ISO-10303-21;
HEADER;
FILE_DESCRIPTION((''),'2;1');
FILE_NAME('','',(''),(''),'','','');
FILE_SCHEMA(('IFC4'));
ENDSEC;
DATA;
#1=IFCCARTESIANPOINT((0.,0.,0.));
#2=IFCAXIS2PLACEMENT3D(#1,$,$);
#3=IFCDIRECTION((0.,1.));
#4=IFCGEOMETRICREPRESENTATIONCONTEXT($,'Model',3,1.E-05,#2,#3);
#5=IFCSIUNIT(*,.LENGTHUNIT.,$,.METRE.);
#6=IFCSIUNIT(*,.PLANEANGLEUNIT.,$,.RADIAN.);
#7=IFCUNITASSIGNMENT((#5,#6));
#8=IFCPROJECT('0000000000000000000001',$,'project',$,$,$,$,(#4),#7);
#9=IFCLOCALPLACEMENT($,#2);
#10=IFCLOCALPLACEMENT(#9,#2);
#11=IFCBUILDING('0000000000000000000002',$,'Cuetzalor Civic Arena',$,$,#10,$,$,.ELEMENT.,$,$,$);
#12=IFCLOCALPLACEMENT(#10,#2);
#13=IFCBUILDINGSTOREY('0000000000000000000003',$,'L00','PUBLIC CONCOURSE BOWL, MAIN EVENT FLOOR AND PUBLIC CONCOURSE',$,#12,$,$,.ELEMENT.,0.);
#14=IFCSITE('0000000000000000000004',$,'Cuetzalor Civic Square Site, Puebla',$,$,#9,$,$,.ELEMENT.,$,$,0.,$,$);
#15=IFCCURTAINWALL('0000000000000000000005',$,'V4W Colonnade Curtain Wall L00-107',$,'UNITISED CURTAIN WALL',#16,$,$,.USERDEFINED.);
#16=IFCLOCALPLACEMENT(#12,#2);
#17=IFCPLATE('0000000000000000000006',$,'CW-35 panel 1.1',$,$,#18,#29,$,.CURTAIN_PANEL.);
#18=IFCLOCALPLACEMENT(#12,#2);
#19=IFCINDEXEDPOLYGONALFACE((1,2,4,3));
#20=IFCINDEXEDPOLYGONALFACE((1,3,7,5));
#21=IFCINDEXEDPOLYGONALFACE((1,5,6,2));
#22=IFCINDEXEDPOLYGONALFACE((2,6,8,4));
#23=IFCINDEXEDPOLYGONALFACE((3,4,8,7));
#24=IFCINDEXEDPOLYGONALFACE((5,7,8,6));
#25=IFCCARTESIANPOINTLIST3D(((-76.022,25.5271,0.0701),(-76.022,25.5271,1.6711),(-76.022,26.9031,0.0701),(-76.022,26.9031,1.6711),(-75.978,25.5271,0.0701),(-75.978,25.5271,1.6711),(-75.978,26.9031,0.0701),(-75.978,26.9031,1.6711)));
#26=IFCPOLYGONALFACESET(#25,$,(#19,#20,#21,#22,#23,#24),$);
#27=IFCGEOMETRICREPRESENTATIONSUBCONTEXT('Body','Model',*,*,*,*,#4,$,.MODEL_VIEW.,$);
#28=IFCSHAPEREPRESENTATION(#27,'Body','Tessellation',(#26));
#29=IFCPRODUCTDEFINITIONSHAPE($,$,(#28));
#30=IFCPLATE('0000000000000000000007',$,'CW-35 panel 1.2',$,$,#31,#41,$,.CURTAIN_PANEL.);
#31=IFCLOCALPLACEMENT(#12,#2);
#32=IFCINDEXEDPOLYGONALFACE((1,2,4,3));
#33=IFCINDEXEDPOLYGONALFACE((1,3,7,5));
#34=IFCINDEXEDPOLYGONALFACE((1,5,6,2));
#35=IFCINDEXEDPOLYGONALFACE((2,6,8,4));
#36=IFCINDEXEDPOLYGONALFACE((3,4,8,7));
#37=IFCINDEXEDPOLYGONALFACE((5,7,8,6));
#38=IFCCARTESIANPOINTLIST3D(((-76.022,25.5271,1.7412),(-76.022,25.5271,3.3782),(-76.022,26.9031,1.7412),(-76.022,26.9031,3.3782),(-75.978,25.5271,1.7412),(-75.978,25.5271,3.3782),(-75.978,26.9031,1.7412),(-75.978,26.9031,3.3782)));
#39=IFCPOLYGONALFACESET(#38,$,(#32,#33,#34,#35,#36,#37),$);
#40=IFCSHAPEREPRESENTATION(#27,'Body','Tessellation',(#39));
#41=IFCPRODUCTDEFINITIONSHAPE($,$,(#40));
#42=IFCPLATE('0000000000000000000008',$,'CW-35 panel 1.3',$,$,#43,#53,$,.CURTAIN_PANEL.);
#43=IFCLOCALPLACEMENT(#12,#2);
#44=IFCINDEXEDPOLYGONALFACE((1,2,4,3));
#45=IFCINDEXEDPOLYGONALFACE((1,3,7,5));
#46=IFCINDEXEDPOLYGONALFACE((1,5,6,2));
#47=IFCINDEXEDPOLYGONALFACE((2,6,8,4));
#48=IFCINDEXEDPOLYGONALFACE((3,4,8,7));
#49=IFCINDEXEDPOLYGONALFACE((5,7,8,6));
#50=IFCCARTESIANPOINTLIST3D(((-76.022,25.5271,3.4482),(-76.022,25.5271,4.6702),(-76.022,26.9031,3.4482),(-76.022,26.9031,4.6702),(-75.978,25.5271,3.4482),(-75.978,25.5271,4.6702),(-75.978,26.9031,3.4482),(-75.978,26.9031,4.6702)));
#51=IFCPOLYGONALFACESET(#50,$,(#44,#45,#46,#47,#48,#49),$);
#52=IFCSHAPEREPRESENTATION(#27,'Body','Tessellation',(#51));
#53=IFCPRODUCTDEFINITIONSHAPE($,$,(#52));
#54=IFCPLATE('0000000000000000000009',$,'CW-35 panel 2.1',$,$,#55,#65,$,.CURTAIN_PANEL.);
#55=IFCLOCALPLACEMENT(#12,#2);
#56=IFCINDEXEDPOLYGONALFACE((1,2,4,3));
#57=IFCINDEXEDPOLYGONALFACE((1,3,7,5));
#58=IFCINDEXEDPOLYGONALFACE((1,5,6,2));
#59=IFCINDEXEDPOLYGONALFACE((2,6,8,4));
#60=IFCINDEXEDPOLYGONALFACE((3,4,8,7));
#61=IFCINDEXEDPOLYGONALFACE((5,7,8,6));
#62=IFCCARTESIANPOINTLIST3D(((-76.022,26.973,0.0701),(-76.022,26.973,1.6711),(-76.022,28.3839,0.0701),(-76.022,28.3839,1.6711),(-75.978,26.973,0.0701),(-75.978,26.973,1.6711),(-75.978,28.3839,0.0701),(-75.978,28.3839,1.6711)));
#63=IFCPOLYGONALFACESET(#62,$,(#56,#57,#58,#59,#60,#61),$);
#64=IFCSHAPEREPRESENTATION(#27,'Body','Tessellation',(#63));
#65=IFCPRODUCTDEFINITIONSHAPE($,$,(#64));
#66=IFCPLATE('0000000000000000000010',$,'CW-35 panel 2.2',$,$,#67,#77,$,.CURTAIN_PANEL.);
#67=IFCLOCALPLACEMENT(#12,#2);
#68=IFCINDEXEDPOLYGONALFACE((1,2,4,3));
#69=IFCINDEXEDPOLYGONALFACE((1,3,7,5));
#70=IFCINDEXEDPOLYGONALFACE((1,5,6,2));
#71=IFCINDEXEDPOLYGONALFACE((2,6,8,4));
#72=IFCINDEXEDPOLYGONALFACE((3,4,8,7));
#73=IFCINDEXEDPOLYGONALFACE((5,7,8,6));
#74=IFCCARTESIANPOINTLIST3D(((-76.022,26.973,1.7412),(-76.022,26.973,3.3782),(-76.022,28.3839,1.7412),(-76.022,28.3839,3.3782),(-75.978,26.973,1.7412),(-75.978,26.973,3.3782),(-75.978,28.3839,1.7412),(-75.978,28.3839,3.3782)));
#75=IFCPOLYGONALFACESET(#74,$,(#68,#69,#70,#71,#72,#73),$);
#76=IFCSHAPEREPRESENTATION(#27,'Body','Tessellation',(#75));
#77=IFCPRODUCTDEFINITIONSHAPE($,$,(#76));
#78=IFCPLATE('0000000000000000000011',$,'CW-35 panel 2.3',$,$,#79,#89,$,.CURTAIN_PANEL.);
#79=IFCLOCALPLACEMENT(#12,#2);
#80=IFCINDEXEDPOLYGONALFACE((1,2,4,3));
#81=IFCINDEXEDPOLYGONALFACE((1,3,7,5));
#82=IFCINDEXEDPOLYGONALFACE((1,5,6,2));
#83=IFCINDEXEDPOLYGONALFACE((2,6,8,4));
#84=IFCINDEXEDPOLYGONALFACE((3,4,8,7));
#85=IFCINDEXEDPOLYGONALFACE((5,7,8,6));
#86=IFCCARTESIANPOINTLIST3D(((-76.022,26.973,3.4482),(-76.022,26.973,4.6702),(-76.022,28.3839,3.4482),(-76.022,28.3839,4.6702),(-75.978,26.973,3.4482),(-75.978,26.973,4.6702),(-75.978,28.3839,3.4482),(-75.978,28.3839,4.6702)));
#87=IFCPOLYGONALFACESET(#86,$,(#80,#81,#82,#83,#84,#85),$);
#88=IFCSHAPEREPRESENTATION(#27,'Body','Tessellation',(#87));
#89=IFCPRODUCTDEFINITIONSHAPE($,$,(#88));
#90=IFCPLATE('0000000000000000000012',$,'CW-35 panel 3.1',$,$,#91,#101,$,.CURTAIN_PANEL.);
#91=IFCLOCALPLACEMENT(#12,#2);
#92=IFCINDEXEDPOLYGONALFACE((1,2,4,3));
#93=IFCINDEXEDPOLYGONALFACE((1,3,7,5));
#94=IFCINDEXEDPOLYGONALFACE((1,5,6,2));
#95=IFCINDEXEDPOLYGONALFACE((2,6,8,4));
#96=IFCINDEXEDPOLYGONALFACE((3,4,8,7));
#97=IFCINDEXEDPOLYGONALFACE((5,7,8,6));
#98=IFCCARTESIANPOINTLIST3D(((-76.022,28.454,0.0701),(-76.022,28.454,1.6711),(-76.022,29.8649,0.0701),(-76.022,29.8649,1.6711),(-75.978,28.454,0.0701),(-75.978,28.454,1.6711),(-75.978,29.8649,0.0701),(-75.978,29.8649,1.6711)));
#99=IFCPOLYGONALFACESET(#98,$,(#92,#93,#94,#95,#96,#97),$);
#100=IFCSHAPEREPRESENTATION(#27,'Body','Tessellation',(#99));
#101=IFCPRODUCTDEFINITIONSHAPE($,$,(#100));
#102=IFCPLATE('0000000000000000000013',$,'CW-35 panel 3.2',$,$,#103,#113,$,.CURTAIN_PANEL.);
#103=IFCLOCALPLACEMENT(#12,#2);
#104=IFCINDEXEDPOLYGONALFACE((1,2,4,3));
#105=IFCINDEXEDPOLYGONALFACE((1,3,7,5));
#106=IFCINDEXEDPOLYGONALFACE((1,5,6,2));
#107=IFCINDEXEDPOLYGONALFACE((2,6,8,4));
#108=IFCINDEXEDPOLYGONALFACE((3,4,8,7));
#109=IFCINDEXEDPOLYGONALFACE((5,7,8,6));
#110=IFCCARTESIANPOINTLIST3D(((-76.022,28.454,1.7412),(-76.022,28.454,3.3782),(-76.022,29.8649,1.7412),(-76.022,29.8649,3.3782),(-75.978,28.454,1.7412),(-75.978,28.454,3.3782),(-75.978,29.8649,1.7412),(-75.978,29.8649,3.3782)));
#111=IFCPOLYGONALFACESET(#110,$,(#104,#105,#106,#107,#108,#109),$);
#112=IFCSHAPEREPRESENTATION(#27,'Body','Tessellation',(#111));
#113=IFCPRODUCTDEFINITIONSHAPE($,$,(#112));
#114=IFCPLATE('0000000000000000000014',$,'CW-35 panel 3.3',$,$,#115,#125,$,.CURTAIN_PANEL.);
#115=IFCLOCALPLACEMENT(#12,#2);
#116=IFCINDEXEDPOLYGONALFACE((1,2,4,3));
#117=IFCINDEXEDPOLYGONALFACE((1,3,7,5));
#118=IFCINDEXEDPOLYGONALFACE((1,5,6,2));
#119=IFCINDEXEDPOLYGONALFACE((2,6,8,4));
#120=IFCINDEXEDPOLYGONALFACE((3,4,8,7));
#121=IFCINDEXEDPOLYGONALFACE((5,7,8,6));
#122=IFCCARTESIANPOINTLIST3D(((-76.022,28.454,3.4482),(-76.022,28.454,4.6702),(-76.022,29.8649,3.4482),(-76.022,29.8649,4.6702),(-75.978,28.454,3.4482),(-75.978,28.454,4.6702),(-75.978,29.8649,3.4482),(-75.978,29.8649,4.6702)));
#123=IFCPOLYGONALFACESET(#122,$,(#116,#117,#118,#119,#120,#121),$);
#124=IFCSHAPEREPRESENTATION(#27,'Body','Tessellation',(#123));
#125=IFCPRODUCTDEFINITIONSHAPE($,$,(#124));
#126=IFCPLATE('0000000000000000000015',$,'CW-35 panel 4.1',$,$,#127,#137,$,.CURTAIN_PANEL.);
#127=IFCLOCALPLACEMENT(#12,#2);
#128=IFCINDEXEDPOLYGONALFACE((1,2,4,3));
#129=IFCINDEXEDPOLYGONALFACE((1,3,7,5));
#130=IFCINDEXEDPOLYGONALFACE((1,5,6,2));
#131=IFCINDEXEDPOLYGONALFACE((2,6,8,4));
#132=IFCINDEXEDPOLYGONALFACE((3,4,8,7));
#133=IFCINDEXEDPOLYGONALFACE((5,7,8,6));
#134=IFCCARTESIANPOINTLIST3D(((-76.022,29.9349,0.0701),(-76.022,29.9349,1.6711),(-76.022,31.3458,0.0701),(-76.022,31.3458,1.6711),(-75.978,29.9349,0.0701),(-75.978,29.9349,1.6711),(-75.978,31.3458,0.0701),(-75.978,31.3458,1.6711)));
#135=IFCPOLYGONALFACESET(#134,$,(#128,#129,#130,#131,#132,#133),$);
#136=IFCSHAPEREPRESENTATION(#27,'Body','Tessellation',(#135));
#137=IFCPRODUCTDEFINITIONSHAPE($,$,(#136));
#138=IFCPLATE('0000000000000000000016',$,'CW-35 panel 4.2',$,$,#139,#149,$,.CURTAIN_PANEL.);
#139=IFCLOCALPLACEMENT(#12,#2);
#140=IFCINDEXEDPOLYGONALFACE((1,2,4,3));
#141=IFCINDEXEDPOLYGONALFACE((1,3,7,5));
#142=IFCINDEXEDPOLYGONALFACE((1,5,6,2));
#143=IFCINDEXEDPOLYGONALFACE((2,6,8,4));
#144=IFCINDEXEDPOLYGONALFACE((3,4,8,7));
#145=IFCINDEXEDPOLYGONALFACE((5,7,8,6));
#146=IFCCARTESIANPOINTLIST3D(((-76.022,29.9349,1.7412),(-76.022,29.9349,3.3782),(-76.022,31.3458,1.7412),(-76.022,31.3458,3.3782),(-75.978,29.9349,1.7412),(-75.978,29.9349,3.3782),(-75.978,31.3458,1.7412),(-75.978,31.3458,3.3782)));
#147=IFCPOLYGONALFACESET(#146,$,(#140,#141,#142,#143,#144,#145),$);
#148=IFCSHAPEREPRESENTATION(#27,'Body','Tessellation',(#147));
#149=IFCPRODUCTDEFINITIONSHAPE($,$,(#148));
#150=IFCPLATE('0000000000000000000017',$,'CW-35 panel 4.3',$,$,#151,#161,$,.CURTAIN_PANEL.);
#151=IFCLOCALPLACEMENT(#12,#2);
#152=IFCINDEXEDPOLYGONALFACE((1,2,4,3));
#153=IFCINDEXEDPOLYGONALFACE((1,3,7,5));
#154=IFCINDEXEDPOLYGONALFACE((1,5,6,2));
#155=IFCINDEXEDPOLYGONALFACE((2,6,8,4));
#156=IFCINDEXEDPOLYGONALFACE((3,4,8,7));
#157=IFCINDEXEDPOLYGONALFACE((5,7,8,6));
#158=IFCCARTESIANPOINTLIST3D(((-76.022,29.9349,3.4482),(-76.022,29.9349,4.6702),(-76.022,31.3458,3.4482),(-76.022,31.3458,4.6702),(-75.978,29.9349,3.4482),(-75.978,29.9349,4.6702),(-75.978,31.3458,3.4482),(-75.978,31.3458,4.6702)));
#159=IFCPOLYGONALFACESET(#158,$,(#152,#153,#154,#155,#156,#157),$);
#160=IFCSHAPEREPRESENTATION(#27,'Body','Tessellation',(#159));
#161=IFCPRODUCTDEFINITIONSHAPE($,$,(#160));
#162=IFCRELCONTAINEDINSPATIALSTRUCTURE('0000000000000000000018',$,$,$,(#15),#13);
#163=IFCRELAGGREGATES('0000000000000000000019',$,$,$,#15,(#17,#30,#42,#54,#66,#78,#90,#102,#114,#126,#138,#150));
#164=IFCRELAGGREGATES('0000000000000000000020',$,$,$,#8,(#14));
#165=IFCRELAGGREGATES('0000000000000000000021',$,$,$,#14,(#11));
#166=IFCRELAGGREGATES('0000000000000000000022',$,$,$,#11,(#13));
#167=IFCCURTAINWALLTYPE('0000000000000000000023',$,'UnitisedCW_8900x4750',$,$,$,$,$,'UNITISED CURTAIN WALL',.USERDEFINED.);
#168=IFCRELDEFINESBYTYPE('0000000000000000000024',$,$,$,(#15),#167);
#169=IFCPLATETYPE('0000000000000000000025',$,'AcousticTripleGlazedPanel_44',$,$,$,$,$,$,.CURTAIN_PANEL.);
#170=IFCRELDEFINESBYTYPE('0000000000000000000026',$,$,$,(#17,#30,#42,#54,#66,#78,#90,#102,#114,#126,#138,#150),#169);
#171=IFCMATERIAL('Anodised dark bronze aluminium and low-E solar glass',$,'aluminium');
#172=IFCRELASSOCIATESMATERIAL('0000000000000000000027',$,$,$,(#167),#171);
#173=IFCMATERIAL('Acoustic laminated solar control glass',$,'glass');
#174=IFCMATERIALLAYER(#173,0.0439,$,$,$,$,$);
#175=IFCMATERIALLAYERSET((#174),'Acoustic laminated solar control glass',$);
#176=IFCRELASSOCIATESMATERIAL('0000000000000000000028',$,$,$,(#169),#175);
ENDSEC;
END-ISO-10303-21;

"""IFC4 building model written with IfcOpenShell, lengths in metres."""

from ifc_helpers import new_model, si_unit, direction, frame, origin, origin_2d, place, context, subcontext, project, spatial, rectangle, extrude, material, layer, layer_set, type_object, element, aggregate, save


model = new_model("IFC4")

# Units and contexts
model_context = context("Model", 3, precision=1e-05, world=origin(), true_north=direction((0.0, 1.0)))
body_context = subcontext(model_context, "Body", "Model", "MODEL_VIEW")
ifc_project = project(units=[si_unit("LENGTHUNIT", "METRE"), si_unit("PLANEANGLEUNIT", "RADIAN")], contexts=[model_context])

# Site, building, storey
site_placement = place(None, origin())
site = spatial("IfcSite", under=ifc_project, at=site_placement, Name="Cuetzalor Civic Square Site, Puebla", CompositionType="ELEMENT", RefElevation=0.0)
building_placement = place(site_placement, origin())
building = spatial("IfcBuilding", under=site, at=building_placement, Name="Cuetzalor Civic Arena", CompositionType="ELEMENT")
storey_placement = place(building_placement, origin())
storey = spatial("IfcBuildingStorey", under=building, at=storey_placement, Name="L00", Description="PUBLIC CONCOURSE BOWL, MAIN EVENT FLOOR AND PUBLIC CONCOURSE", CompositionType="ELEMENT", Elevation=0.0)

# Curtain wall
ifc_material_1 = material(Name="Anodised dark bronze aluminium and low-E solar glass", Category="aluminium")
curtain_wall_type = type_object("IfcCurtainWallType", Name="UnitisedCW_8900x4750", ElementType="UNITISED CURTAIN WALL", PredefinedType="USERDEFINED", material=ifc_material_1)
curtain_wall_placement = place(storey_placement, origin())
curtain_wall = element("IfcCurtainWall", 1, at=curtain_wall_placement, inside=storey, type_object=curtain_wall_type, Name="V4W Colonnade Curtain Wall L00-107", ObjectType="UNITISED CURTAIN WALL", PredefinedType="USERDEFINED")

# Plates
ifc_material_2 = material(Name="Acoustic laminated solar control glass", Category="glass")
ifc_layer = layer(ifc_material_2, 0.0439)
ifc_layer_set = layer_set([ifc_layer], Name="Acoustic laminated solar control glass")
plate_type = type_object("IfcPlateType", Name="AcousticTripleGlazedPanel_44", PredefinedType="CURTAIN_PANEL", material=ifc_layer_set)
plate_1_placement = place(storey_placement, frame((-76.0, 26.2151, 0.0701), z_axis=(0.0, 0.0, 1.0), x_axis=(0.0, 1.0, 0.0)))
plate_1 = element("IfcPlate", 2, at=plate_1_placement, type_object=plate_type, Name="CW-35 panel 1.1", PredefinedType="CURTAIN_PANEL", context=body_context, shape_type="SweptSolid", body=[
    extrude(rectangle(XDim=1.376, YDim=0.0439, at=origin_2d()), origin(), (0.0, 0.0, 1.0), 1.6011),
])
plate_2_placement = place(storey_placement, frame((-76.0, 26.2151, 1.7412), z_axis=(0.0, 0.0, 1.0), x_axis=(0.0, 1.0, 0.0)))
plate_2 = element("IfcPlate", 3, at=plate_2_placement, type_object=plate_type, Name="CW-35 panel 1.2", PredefinedType="CURTAIN_PANEL", context=body_context, shape_type="SweptSolid", body=[
    extrude(rectangle(XDim=1.376, YDim=0.0439, at=origin_2d()), origin(), (0.0, 0.0, 1.0), 1.637),
])
plate_3_placement = place(storey_placement, frame((-76.0, 26.2151, 3.4482), z_axis=(0.0, 0.0, 1.0), x_axis=(0.0, 1.0, 0.0)))
plate_3 = element("IfcPlate", 4, at=plate_3_placement, type_object=plate_type, Name="CW-35 panel 1.3", PredefinedType="CURTAIN_PANEL", context=body_context, shape_type="SweptSolid", body=[
    extrude(rectangle(XDim=1.376, YDim=0.0439, at=origin_2d()), origin(), (0.0, 0.0, 1.0), 1.2219),
])
plate_4_placement = place(storey_placement, frame((-76.0, 27.6785, 0.0701), z_axis=(0.0, 0.0, 1.0), x_axis=(0.0, 1.0, 0.0)))
plate_4 = element("IfcPlate", 5, at=plate_4_placement, type_object=plate_type, Name="CW-35 panel 2.1", PredefinedType="CURTAIN_PANEL", context=body_context, shape_type="SweptSolid", body=[
    extrude(rectangle(XDim=1.4109, YDim=0.0439, at=origin_2d()), origin(), (0.0, 0.0, 1.0), 1.6011),
])
plate_5_placement = place(storey_placement, frame((-76.0, 27.6785, 1.7412), z_axis=(0.0, 0.0, 1.0), x_axis=(0.0, 1.0, 0.0)))
plate_5 = element("IfcPlate", 6, at=plate_5_placement, type_object=plate_type, Name="CW-35 panel 2.2", PredefinedType="CURTAIN_PANEL", context=body_context, shape_type="SweptSolid", body=[
    extrude(rectangle(XDim=1.4109, YDim=0.0439, at=origin_2d()), origin(), (0.0, 0.0, 1.0), 1.637),
])
plate_6_placement = place(storey_placement, frame((-76.0, 27.6785, 3.4482), z_axis=(0.0, 0.0, 1.0), x_axis=(0.0, 1.0, 0.0)))
plate_6 = element("IfcPlate", 7, at=plate_6_placement, type_object=plate_type, Name="CW-35 panel 2.3", PredefinedType="CURTAIN_PANEL", context=body_context, shape_type="SweptSolid", body=[
    extrude(rectangle(XDim=1.4109, YDim=0.0439, at=origin_2d()), origin(), (0.0, 0.0, 1.0), 1.2219),
])
plate_7_placement = place(storey_placement, frame((-76.0, 29.1594, 0.0701), z_axis=(0.0, 0.0, 1.0), x_axis=(0.0, 1.0, 0.0)))
plate_7 = element("IfcPlate", 8, at=plate_7_placement, type_object=plate_type, Name="CW-35 panel 3.1", PredefinedType="CURTAIN_PANEL", context=body_context, shape_type="SweptSolid", body=[
    extrude(rectangle(XDim=1.4109, YDim=0.0439, at=origin_2d()), origin(), (0.0, 0.0, 1.0), 1.6011),
])
plate_8_placement = place(storey_placement, frame((-76.0, 29.1594, 1.7412), z_axis=(0.0, 0.0, 1.0), x_axis=(0.0, 1.0, 0.0)))
plate_8 = element("IfcPlate", 9, at=plate_8_placement, type_object=plate_type, Name="CW-35 panel 3.2", PredefinedType="CURTAIN_PANEL", context=body_context, shape_type="SweptSolid", body=[
    extrude(rectangle(XDim=1.4109, YDim=0.0439, at=origin_2d()), origin(), (0.0, 0.0, 1.0), 1.637),
])
plate_9_placement = place(storey_placement, frame((-76.0, 29.1594, 3.4482), z_axis=(0.0, 0.0, 1.0), x_axis=(0.0, 1.0, 0.0)))
plate_9 = element("IfcPlate", 10, at=plate_9_placement, type_object=plate_type, Name="CW-35 panel 3.3", PredefinedType="CURTAIN_PANEL", context=body_context, shape_type="SweptSolid", body=[
    extrude(rectangle(XDim=1.4109, YDim=0.0439, at=origin_2d()), origin(), (0.0, 0.0, 1.0), 1.2219),
])
plate_10_placement = place(storey_placement, frame((-76.0, 30.6404, 0.0701), z_axis=(0.0, 0.0, 1.0), x_axis=(0.0, 1.0, 0.0)))
plate_10 = element("IfcPlate", 11, at=plate_10_placement, type_object=plate_type, Name="CW-35 panel 4.1", PredefinedType="CURTAIN_PANEL", context=body_context, shape_type="SweptSolid", body=[
    extrude(rectangle(XDim=1.4109, YDim=0.0439, at=origin_2d()), origin(), (0.0, 0.0, 1.0), 1.6011),
])
plate_11_placement = place(storey_placement, frame((-76.0, 30.6404, 1.7412), z_axis=(0.0, 0.0, 1.0), x_axis=(0.0, 1.0, 0.0)))
plate_11 = element("IfcPlate", 12, at=plate_11_placement, type_object=plate_type, Name="CW-35 panel 4.2", PredefinedType="CURTAIN_PANEL", context=body_context, shape_type="SweptSolid", body=[
    extrude(rectangle(XDim=1.4109, YDim=0.0439, at=origin_2d()), origin(), (0.0, 0.0, 1.0), 1.637),
])
plate_12_placement = place(storey_placement, frame((-76.0, 30.6404, 3.4482), z_axis=(0.0, 0.0, 1.0), x_axis=(0.0, 1.0, 0.0)))
plate_12 = element("IfcPlate", 13, at=plate_12_placement, type_object=plate_type, Name="CW-35 panel 4.3", PredefinedType="CURTAIN_PANEL", context=body_context, shape_type="SweptSolid", body=[
    extrude(rectangle(XDim=1.4109, YDim=0.0439, at=origin_2d()), origin(), (0.0, 0.0, 1.0), 1.2219),
])
aggregate(curtain_wall, [plate_1, plate_2, plate_3, plate_4, plate_5, plate_6, plate_7, plate_8, plate_9, plate_10, plate_11, plate_12])

save(model, "model.ifc")
